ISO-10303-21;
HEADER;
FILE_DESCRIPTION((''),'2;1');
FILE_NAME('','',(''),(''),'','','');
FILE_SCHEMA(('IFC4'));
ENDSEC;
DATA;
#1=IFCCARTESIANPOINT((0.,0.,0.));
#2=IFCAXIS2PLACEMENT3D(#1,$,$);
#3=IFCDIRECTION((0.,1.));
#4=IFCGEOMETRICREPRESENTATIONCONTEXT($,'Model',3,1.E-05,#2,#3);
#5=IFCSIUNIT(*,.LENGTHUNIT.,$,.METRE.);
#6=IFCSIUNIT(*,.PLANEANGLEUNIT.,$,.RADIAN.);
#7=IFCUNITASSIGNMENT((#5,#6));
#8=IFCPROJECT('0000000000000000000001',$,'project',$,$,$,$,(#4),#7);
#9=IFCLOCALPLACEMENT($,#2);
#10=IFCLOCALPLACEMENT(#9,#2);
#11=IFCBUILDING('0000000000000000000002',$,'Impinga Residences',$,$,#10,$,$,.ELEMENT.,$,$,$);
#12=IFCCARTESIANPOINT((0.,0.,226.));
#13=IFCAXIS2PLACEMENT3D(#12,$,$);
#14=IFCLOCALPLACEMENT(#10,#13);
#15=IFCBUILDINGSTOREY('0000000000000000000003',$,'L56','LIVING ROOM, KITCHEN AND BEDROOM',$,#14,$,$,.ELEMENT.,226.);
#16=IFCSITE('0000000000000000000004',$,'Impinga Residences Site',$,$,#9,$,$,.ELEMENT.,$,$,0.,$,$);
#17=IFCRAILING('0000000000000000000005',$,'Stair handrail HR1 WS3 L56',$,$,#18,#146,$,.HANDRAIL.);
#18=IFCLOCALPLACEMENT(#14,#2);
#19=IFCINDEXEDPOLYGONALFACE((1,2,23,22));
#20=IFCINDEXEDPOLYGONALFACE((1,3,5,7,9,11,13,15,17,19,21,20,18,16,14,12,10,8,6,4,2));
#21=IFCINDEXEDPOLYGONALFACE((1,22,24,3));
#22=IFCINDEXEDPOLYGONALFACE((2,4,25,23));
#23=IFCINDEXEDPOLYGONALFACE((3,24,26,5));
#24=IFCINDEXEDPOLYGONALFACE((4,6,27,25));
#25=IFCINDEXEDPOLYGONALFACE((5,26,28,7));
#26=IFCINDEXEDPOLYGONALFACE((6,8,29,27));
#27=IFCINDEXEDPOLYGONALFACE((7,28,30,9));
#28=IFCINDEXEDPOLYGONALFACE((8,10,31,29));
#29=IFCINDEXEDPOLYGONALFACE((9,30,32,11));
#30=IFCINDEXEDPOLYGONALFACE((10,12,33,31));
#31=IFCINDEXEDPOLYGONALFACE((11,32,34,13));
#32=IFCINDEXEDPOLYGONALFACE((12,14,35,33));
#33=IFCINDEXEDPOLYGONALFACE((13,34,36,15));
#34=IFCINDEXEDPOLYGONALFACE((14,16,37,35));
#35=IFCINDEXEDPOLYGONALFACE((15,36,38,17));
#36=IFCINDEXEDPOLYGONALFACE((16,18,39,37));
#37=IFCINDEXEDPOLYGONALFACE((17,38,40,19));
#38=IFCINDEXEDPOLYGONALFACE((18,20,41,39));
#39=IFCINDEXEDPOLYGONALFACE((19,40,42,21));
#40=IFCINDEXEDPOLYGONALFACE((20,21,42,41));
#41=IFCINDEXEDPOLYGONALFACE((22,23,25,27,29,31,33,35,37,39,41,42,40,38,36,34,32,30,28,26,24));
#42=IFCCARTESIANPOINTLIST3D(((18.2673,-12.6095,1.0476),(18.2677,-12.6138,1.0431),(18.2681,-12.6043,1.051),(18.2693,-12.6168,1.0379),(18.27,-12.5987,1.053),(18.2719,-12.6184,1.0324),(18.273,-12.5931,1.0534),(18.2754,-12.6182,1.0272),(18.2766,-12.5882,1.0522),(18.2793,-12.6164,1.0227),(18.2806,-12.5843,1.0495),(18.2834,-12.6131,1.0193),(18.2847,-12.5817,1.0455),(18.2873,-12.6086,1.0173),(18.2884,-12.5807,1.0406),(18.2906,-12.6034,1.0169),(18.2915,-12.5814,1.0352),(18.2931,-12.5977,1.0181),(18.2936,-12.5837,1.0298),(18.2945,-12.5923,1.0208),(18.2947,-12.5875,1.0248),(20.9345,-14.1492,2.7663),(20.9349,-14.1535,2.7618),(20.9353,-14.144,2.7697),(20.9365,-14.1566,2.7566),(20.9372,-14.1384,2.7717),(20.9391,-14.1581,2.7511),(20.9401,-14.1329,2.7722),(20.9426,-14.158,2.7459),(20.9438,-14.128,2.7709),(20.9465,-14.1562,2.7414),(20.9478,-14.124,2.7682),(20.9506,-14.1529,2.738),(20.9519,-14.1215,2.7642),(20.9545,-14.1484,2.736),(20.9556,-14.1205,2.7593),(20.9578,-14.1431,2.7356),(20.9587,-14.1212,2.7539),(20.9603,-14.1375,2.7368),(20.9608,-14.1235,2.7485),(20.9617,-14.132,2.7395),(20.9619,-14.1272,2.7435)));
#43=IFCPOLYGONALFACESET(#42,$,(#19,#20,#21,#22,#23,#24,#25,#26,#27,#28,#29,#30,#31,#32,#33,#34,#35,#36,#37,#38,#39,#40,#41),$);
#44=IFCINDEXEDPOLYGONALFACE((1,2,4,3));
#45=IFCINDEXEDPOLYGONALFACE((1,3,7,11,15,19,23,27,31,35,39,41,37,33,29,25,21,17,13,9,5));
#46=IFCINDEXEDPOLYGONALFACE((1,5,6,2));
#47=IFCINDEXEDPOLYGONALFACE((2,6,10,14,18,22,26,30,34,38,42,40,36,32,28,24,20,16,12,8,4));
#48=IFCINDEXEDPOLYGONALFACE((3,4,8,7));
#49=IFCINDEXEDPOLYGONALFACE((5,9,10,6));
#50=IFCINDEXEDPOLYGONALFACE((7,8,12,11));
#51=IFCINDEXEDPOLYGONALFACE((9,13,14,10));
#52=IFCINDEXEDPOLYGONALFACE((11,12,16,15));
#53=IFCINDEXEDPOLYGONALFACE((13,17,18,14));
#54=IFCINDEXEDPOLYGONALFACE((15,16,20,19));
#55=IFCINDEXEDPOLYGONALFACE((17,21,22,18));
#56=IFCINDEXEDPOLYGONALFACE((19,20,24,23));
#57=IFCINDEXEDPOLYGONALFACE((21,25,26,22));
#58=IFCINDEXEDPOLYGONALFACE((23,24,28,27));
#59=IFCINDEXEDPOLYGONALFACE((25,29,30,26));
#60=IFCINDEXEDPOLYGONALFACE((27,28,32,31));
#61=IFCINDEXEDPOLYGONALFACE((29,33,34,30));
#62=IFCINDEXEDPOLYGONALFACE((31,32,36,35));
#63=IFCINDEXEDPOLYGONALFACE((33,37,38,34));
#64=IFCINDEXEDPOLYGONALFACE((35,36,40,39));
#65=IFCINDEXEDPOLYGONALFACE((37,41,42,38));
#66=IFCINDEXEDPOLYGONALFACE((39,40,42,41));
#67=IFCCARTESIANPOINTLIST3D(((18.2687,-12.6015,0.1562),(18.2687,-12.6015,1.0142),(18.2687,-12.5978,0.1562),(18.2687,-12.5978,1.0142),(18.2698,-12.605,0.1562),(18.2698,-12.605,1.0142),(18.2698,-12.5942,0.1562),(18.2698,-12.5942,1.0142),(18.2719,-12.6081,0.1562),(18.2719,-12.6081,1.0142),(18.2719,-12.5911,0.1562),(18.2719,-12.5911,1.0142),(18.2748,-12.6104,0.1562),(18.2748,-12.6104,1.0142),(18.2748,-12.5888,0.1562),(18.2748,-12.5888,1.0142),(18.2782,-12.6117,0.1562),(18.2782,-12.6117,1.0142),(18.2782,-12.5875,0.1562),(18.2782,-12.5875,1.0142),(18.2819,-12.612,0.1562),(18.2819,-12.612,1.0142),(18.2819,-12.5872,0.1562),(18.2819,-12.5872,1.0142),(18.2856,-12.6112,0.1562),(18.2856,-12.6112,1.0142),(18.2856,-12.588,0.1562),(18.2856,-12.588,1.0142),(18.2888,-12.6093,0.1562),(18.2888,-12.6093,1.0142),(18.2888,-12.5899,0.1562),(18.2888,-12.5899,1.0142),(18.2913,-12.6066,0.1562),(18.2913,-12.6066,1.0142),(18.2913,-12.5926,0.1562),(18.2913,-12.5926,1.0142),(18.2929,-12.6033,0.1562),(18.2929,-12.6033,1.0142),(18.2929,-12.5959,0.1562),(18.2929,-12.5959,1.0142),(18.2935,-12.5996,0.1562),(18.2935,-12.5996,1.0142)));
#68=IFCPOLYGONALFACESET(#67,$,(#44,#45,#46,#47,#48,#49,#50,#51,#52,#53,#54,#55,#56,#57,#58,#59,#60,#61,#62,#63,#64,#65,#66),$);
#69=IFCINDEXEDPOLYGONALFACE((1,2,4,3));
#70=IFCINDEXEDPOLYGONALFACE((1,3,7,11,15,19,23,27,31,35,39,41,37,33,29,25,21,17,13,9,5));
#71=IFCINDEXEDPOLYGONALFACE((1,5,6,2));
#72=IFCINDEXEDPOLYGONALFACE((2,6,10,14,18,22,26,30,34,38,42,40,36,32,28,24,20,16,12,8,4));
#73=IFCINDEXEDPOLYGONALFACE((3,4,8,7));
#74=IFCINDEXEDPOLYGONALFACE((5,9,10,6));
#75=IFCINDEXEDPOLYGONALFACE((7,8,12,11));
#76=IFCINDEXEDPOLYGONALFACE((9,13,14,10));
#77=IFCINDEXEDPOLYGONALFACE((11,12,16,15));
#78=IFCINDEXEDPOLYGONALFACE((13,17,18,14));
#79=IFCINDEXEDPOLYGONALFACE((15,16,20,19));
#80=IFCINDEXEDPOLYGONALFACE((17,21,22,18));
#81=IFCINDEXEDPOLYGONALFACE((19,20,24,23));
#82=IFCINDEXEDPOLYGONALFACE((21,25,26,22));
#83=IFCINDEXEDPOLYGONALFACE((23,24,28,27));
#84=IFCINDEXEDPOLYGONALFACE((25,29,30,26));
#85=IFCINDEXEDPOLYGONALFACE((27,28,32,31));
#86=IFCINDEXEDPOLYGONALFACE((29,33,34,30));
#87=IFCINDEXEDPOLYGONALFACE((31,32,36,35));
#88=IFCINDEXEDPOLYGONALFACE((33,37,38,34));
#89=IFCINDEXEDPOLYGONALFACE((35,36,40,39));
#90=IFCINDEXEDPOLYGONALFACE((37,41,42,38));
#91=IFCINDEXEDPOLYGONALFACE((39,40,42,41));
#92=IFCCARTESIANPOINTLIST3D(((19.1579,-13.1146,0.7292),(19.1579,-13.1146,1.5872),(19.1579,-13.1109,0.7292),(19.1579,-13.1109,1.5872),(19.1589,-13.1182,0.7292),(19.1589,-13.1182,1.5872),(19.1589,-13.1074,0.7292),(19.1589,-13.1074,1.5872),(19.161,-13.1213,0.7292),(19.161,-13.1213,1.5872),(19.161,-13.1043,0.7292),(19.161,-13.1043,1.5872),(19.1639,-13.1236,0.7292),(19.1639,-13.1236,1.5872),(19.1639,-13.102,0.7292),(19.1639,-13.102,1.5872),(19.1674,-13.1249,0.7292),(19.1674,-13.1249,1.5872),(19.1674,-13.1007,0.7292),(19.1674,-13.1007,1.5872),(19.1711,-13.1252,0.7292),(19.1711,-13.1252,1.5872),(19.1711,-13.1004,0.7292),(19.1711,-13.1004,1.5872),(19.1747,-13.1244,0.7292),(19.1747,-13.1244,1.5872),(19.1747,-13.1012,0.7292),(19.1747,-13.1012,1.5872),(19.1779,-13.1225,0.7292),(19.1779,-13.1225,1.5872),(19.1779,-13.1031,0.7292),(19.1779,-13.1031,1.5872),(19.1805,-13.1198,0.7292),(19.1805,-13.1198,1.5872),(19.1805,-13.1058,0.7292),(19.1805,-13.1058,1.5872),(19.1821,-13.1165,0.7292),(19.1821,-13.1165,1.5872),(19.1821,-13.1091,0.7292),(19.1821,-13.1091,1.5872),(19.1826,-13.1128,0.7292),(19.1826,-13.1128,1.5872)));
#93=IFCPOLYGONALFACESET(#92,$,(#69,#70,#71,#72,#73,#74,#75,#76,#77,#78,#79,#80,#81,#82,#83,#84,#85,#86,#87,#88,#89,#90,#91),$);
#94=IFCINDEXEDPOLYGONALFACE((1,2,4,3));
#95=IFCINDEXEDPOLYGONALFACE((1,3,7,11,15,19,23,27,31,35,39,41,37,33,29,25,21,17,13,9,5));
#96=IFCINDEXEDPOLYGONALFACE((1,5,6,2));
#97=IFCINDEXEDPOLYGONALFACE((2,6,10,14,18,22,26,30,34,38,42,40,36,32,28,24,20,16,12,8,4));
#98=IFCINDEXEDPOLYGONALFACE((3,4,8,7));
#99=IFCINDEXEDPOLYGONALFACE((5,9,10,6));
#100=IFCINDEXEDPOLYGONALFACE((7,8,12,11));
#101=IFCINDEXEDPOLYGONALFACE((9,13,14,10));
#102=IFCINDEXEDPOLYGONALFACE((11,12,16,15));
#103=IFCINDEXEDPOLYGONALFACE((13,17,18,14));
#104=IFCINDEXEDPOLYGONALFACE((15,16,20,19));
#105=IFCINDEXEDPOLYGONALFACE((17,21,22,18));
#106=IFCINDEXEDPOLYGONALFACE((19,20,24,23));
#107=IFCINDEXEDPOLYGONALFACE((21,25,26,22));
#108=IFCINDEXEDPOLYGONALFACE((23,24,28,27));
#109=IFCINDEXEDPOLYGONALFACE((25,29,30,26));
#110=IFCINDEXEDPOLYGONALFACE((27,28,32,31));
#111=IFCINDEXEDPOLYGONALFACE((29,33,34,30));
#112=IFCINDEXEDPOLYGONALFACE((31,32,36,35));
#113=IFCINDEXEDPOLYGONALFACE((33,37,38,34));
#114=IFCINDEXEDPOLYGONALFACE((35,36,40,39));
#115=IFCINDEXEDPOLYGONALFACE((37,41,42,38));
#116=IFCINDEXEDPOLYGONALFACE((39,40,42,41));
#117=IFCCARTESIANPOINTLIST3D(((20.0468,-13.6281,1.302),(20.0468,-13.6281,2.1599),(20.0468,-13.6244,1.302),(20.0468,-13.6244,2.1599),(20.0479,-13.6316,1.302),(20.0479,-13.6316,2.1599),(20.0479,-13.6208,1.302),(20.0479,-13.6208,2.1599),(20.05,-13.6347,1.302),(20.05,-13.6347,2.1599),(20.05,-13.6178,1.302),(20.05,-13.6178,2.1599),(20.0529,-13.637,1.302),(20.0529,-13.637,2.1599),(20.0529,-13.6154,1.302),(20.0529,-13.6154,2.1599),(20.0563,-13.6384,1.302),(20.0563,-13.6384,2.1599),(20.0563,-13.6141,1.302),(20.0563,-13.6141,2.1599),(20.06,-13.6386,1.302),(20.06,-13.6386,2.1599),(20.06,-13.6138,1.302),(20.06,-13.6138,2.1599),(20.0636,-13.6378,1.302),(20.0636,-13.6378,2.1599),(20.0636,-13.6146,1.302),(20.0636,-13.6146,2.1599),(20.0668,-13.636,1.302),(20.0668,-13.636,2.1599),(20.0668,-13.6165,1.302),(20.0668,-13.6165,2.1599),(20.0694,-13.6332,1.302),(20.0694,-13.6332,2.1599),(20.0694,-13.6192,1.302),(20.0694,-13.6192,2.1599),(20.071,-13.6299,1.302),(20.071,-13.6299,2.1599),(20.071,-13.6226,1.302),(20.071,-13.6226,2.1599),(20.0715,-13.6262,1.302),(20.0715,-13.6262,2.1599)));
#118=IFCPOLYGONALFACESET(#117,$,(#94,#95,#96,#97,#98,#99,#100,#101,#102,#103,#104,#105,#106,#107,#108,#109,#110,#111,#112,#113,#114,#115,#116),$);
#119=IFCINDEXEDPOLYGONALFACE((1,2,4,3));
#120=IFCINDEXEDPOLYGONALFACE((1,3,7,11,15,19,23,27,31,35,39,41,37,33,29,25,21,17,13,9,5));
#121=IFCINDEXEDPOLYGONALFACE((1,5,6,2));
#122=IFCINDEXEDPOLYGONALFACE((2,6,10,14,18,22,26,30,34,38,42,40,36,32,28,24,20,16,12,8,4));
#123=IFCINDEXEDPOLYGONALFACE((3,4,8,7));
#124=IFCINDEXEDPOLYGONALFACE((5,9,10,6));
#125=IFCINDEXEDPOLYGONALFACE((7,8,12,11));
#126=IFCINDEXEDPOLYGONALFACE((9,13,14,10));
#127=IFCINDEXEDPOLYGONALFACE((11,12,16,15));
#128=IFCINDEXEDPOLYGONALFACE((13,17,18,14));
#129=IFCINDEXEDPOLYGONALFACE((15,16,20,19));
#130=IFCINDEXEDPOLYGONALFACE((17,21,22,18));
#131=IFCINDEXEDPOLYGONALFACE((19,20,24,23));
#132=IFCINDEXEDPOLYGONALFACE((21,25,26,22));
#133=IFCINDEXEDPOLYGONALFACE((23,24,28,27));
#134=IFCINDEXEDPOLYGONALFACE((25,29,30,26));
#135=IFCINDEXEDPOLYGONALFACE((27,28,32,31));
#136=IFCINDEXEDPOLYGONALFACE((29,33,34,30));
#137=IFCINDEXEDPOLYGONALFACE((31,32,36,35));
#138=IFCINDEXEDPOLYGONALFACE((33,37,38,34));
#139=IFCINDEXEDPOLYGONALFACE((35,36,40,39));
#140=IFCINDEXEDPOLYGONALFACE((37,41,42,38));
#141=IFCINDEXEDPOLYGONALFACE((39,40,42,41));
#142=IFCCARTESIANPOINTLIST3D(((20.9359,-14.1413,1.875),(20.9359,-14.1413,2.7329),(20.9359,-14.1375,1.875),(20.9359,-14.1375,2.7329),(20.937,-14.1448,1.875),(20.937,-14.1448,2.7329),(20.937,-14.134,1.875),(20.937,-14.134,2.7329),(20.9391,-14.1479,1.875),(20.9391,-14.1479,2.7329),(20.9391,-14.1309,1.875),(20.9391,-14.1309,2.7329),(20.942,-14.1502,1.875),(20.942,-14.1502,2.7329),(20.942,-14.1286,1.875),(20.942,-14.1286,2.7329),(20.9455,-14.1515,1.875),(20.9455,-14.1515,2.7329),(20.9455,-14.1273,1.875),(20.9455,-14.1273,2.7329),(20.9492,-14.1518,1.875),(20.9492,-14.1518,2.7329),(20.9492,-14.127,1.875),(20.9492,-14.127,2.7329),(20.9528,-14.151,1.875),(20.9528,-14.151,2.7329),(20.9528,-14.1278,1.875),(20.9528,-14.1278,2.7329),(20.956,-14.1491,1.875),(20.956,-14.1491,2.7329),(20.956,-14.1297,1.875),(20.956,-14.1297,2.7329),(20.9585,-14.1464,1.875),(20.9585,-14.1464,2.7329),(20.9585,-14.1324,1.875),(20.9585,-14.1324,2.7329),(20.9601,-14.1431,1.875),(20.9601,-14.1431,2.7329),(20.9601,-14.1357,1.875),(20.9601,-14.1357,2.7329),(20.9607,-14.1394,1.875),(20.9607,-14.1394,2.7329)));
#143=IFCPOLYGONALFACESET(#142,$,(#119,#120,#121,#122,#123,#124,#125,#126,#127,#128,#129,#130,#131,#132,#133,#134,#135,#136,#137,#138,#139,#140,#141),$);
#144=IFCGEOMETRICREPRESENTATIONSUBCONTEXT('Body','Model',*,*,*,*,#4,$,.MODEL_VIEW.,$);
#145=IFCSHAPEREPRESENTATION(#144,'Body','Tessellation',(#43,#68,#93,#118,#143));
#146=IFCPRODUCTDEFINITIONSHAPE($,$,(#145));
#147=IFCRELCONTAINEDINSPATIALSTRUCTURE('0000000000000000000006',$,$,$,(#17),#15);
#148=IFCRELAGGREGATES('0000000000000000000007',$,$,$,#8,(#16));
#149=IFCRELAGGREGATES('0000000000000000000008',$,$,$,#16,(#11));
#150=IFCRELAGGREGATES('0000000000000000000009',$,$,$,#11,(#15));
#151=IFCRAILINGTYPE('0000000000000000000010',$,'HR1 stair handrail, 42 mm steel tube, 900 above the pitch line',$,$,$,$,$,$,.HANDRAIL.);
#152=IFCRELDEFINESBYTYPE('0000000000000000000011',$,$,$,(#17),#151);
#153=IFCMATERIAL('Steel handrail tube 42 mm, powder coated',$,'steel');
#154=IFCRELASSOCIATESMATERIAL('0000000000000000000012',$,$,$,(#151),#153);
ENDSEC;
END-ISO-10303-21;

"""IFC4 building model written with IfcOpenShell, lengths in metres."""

from ifc_helpers import new_model, si_unit, direction, frame, origin, origin_2d, place, context, subcontext, project, spatial, circle, extrude, material, type_object, element, save


model = new_model("IFC4")

# Units and contexts
model_context = context("Model", 3, precision=1e-05, world=origin(), true_north=direction((0.0, 1.0)))
body_context = subcontext(model_context, "Body", "Model", "MODEL_VIEW")
ifc_project = project(units=[si_unit("LENGTHUNIT", "METRE"), si_unit("PLANEANGLEUNIT", "RADIAN")], contexts=[model_context])

# Site, building, storey
site_placement = place(None, origin())
site = spatial("IfcSite", under=ifc_project, at=site_placement, Name="Impinga Residences Site", CompositionType="ELEMENT", RefElevation=0.0)
building_placement = place(site_placement, origin())
building = spatial("IfcBuilding", under=site, at=building_placement, Name="Impinga Residences", CompositionType="ELEMENT")
storey_placement = place(building_placement, frame((0.0, 0.0, 226.0)))
storey = spatial("IfcBuildingStorey", under=building, at=storey_placement, Name="L56", Description="LIVING ROOM, KITCHEN AND BEDROOM", CompositionType="ELEMENT", Elevation=226.0)

# Railing
ifc_material_1 = material(Name="Steel handrail tube 42 mm, powder coated", Category="steel")
railing_type = type_object("IfcRailingType", Name="HR1 stair handrail, 42 mm steel tube, 900 above the pitch line", PredefinedType="HANDRAIL", material=ifc_material_1)
railing_1_placement = place(storey_placement, frame((18.281, -12.5996, 0.1562)))
element("IfcRailing", 1, at=railing_1_placement, inside=storey, type_object=railing_type, Name="Stair handrail HR1 WS3 L56", PredefinedType="HANDRAIL", context=body_context, shape_type="SweptSolid", body=[
    extrude(circle(Radius=0.021, at=origin_2d()), frame((0.0, 0.0, 0.8789), z_axis=(0.756249, -0.436582, 0.487322), x_axis=(0.499967, 0.866044, 0.0)), (0.0, 0.0, 1.0), 3.5269),
    extrude(circle(Radius=0.0125, at=origin_2d()), origin(), (0.0, 0.0, 1.0), 0.8579),
    extrude(circle(Radius=0.0125, at=origin_2d()), frame((0.8892, -0.5132, 0.573)), (0.0, 0.0, 1.0), 0.8579),
    extrude(circle(Radius=0.0125, at=origin_2d()), frame((1.7781, -1.0266, 1.1458)), (0.0, 0.0, 1.0), 0.8579),
    extrude(circle(Radius=0.0125, at=origin_2d()), frame((2.6672, -1.5398, 1.7188)), (0.0, 0.0, 1.0), 0.8579),
])

save(model, "model.ifc")
